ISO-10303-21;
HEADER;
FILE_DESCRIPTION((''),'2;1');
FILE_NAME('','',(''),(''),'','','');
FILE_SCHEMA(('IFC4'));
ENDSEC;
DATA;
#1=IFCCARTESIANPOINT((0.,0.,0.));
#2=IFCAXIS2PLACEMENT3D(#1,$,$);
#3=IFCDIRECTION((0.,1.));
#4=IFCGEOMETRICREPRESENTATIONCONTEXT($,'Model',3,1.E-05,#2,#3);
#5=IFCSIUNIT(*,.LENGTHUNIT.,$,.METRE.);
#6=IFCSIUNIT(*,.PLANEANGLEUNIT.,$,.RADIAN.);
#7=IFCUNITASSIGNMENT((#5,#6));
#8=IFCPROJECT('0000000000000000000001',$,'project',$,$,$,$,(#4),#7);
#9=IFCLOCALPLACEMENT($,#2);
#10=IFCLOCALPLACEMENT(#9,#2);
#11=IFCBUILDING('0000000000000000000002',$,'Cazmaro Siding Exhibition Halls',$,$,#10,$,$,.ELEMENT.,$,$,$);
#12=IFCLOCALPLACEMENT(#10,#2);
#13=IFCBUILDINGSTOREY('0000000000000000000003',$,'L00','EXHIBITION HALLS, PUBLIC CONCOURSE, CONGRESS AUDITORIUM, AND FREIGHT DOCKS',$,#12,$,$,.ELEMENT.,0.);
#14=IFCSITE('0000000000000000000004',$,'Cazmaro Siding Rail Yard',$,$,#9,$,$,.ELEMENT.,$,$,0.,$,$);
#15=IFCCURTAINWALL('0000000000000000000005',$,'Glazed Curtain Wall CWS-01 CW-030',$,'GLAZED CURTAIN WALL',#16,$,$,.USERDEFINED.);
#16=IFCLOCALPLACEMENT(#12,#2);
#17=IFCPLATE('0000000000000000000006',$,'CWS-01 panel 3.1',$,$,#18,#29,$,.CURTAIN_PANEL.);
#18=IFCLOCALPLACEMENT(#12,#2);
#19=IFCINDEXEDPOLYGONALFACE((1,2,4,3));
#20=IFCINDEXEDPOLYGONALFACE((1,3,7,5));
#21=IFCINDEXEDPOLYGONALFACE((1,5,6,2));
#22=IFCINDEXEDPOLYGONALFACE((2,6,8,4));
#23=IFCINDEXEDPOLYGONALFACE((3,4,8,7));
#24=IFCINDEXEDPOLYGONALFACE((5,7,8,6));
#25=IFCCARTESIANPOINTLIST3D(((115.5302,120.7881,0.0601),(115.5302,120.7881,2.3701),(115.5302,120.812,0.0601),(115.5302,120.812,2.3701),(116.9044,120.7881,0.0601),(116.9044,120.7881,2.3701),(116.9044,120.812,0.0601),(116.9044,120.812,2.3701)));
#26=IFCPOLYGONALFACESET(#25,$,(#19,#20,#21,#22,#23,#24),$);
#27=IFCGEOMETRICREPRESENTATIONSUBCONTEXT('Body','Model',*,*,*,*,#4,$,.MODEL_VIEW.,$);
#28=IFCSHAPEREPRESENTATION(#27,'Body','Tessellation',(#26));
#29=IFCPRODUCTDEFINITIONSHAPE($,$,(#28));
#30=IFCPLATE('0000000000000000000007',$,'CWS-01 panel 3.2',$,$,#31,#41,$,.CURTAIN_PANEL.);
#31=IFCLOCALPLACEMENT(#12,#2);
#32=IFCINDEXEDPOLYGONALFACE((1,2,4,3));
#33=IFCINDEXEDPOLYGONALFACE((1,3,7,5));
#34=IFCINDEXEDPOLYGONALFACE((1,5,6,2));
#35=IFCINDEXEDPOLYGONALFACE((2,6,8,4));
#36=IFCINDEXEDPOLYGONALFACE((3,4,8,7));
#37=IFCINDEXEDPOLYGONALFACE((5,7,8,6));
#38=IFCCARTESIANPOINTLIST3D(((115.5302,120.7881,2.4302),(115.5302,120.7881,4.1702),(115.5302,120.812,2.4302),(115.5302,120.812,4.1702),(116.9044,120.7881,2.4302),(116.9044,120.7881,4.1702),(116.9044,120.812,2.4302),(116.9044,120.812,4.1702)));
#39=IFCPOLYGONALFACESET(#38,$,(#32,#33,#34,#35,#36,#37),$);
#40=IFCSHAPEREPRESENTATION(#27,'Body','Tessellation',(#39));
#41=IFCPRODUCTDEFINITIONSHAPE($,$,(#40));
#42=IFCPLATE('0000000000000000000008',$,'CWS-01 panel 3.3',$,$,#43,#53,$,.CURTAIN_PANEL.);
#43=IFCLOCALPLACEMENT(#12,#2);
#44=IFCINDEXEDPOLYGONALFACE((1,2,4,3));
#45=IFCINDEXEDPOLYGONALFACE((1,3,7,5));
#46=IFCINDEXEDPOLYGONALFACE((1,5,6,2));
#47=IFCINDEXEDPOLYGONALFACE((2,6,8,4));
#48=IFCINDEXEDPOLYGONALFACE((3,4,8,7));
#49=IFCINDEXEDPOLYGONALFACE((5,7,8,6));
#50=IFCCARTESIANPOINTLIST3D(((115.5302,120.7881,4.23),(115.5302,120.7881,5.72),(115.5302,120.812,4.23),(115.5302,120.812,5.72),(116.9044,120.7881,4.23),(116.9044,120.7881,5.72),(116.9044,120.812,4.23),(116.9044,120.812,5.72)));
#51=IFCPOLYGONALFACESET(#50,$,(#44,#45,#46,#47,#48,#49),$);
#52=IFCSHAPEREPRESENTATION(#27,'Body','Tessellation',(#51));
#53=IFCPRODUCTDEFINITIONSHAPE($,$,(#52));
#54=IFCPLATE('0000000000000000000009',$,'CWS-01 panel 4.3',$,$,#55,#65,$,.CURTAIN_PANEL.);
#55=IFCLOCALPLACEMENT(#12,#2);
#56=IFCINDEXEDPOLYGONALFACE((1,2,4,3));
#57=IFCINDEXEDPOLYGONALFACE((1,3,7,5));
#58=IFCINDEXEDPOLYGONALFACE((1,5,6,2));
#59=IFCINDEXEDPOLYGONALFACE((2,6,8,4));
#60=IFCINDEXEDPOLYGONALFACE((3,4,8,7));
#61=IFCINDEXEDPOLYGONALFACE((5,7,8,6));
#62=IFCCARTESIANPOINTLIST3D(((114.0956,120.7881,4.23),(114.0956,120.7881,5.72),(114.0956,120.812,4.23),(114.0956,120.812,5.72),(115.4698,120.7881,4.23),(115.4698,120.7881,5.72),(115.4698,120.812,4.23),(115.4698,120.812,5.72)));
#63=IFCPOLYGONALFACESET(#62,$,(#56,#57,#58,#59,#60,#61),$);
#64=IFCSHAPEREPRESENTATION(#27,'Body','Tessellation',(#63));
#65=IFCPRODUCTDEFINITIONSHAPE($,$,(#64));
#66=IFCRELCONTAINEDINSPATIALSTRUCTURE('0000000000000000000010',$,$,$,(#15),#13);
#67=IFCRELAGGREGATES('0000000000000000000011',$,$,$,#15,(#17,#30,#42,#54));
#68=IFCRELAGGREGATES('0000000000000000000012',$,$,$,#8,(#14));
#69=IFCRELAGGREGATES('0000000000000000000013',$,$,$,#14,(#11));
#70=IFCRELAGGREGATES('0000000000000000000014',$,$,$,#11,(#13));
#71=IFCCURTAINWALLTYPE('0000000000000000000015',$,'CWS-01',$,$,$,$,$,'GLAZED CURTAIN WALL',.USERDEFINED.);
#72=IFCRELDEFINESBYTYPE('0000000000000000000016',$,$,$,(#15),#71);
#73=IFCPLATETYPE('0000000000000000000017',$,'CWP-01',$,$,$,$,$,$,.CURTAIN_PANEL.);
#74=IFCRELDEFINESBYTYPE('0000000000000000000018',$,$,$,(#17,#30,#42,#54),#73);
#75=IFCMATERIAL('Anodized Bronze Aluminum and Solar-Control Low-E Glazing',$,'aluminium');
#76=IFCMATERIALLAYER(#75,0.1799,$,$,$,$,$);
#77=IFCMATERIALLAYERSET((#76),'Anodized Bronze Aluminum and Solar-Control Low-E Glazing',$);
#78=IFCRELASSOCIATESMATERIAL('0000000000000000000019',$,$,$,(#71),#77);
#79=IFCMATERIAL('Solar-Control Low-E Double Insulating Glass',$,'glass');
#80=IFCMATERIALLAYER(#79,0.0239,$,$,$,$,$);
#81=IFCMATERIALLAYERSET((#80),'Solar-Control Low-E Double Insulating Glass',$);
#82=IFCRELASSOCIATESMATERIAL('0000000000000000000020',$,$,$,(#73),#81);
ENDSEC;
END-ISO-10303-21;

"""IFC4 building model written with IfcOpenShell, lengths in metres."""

from ifc_helpers import new_model, si_unit, direction, frame, origin, origin_2d, place, context, subcontext, project, spatial, rectangle, extrude, material, layer, layer_set, type_object, element, aggregate, save


model = new_model("IFC4")

# Units and contexts
model_context = context("Model", 3, precision=1e-05, world=origin(), true_north=direction((0.0, 1.0)))
body_context = subcontext(model_context, "Body", "Model", "MODEL_VIEW")
ifc_project = project(units=[si_unit("LENGTHUNIT", "METRE"), si_unit("PLANEANGLEUNIT", "RADIAN")], contexts=[model_context])

# Site, building, storey
site_placement = place(None, origin())
site = spatial("IfcSite", under=ifc_project, at=site_placement, Name="Cazmaro Siding Rail Yard", CompositionType="ELEMENT", RefElevation=0.0)
building_placement = place(site_placement, origin())
building = spatial("IfcBuilding", under=site, at=building_placement, Name="Cazmaro Siding Exhibition Halls", CompositionType="ELEMENT")
storey_placement = place(building_placement, origin())
storey = spatial("IfcBuildingStorey", under=building, at=storey_placement, Name="L00", Description="EXHIBITION HALLS, PUBLIC CONCOURSE, CONGRESS AUDITORIUM, AND FREIGHT DOCKS", CompositionType="ELEMENT", Elevation=0.0)

# Curtain wall, plates
ifc_material_1 = material(Name="Anodized Bronze Aluminum and Solar-Control Low-E Glazing", Category="aluminium")
ifc_layer_1 = layer(ifc_material_1, 0.1799)
ifc_layer_set_1 = layer_set([ifc_layer_1], Name="Anodized Bronze Aluminum and Solar-Control Low-E Glazing")
curtain_wall_type = type_object("IfcCurtainWallType", Name="CWS-01", ElementType="GLAZED CURTAIN WALL", PredefinedType="USERDEFINED", material=ifc_layer_set_1)
curtain_wall_placement = place(storey_placement, origin())
curtain_wall = element("IfcCurtainWall", 1, at=curtain_wall_placement, inside=storey, type_object=curtain_wall_type, Name="Glazed Curtain Wall CWS-01 CW-030", ObjectType="GLAZED CURTAIN WALL", PredefinedType="USERDEFINED")
ifc_material_2 = material(Name="Solar-Control Low-E Double Insulating Glass", Category="glass")
ifc_layer_2 = layer(ifc_material_2, 0.0239)
ifc_layer_set_2 = layer_set([ifc_layer_2], Name="Solar-Control Low-E Double Insulating Glass")
plate_type = type_object("IfcPlateType", Name="CWP-01", PredefinedType="CURTAIN_PANEL", material=ifc_layer_set_2)
plate_1_placement = place(storey_placement, frame((116.2173, 120.8, 0.0601), z_axis=(0.0, 0.0, 1.0), x_axis=(-1.0, 0.0, 0.0)))
plate_1 = element("IfcPlate", 2, at=plate_1_placement, type_object=plate_type, Name="CWS-01 panel 3.1", PredefinedType="CURTAIN_PANEL", context=body_context, shape_type="SweptSolid", body=[
    extrude(rectangle(XDim=1.3743, YDim=0.0239, at=origin_2d()), origin(), (0.0, 0.0, 1.0), 2.3101),
])
plate_2_placement = place(storey_placement, frame((116.2173, 120.8, 2.4302), z_axis=(0.0, 0.0, 1.0), x_axis=(-1.0, 0.0, 0.0)))
plate_2 = element("IfcPlate", 3, at=plate_2_placement, type_object=plate_type, Name="CWS-01 panel 3.2", PredefinedType="CURTAIN_PANEL", context=body_context, shape_type="SweptSolid", body=[
    extrude(rectangle(XDim=1.3743, YDim=0.0239, at=origin_2d()), origin(), (0.0, 0.0, 1.0), 1.74),
])
plate_3_placement = place(storey_placement, frame((116.2173, 120.8, 4.23), z_axis=(0.0, 0.0, 1.0), x_axis=(-1.0, 0.0, 0.0)))
plate_3 = element("IfcPlate", 4, at=plate_3_placement, type_object=plate_type, Name="CWS-01 panel 3.3", PredefinedType="CURTAIN_PANEL", context=body_context, shape_type="SweptSolid", body=[
    extrude(rectangle(XDim=1.3743, YDim=0.0239, at=origin_2d()), origin(), (0.0, 0.0, 1.0), 1.49),
])
plate_4_placement = place(storey_placement, frame((114.7827, 120.8, 4.23), z_axis=(0.0, 0.0, 1.0), x_axis=(-1.0, 0.0, 0.0)))
plate_4 = element("IfcPlate", 5, at=plate_4_placement, type_object=plate_type, Name="CWS-01 panel 4.3", PredefinedType="CURTAIN_PANEL", context=body_context, shape_type="SweptSolid", body=[
    extrude(rectangle(XDim=1.3743, YDim=0.0239, at=origin_2d()), origin(), (0.0, 0.0, 1.0), 1.49),
])
aggregate(curtain_wall, [plate_1, plate_2, plate_3, plate_4])

save(model, "model.ifc")
